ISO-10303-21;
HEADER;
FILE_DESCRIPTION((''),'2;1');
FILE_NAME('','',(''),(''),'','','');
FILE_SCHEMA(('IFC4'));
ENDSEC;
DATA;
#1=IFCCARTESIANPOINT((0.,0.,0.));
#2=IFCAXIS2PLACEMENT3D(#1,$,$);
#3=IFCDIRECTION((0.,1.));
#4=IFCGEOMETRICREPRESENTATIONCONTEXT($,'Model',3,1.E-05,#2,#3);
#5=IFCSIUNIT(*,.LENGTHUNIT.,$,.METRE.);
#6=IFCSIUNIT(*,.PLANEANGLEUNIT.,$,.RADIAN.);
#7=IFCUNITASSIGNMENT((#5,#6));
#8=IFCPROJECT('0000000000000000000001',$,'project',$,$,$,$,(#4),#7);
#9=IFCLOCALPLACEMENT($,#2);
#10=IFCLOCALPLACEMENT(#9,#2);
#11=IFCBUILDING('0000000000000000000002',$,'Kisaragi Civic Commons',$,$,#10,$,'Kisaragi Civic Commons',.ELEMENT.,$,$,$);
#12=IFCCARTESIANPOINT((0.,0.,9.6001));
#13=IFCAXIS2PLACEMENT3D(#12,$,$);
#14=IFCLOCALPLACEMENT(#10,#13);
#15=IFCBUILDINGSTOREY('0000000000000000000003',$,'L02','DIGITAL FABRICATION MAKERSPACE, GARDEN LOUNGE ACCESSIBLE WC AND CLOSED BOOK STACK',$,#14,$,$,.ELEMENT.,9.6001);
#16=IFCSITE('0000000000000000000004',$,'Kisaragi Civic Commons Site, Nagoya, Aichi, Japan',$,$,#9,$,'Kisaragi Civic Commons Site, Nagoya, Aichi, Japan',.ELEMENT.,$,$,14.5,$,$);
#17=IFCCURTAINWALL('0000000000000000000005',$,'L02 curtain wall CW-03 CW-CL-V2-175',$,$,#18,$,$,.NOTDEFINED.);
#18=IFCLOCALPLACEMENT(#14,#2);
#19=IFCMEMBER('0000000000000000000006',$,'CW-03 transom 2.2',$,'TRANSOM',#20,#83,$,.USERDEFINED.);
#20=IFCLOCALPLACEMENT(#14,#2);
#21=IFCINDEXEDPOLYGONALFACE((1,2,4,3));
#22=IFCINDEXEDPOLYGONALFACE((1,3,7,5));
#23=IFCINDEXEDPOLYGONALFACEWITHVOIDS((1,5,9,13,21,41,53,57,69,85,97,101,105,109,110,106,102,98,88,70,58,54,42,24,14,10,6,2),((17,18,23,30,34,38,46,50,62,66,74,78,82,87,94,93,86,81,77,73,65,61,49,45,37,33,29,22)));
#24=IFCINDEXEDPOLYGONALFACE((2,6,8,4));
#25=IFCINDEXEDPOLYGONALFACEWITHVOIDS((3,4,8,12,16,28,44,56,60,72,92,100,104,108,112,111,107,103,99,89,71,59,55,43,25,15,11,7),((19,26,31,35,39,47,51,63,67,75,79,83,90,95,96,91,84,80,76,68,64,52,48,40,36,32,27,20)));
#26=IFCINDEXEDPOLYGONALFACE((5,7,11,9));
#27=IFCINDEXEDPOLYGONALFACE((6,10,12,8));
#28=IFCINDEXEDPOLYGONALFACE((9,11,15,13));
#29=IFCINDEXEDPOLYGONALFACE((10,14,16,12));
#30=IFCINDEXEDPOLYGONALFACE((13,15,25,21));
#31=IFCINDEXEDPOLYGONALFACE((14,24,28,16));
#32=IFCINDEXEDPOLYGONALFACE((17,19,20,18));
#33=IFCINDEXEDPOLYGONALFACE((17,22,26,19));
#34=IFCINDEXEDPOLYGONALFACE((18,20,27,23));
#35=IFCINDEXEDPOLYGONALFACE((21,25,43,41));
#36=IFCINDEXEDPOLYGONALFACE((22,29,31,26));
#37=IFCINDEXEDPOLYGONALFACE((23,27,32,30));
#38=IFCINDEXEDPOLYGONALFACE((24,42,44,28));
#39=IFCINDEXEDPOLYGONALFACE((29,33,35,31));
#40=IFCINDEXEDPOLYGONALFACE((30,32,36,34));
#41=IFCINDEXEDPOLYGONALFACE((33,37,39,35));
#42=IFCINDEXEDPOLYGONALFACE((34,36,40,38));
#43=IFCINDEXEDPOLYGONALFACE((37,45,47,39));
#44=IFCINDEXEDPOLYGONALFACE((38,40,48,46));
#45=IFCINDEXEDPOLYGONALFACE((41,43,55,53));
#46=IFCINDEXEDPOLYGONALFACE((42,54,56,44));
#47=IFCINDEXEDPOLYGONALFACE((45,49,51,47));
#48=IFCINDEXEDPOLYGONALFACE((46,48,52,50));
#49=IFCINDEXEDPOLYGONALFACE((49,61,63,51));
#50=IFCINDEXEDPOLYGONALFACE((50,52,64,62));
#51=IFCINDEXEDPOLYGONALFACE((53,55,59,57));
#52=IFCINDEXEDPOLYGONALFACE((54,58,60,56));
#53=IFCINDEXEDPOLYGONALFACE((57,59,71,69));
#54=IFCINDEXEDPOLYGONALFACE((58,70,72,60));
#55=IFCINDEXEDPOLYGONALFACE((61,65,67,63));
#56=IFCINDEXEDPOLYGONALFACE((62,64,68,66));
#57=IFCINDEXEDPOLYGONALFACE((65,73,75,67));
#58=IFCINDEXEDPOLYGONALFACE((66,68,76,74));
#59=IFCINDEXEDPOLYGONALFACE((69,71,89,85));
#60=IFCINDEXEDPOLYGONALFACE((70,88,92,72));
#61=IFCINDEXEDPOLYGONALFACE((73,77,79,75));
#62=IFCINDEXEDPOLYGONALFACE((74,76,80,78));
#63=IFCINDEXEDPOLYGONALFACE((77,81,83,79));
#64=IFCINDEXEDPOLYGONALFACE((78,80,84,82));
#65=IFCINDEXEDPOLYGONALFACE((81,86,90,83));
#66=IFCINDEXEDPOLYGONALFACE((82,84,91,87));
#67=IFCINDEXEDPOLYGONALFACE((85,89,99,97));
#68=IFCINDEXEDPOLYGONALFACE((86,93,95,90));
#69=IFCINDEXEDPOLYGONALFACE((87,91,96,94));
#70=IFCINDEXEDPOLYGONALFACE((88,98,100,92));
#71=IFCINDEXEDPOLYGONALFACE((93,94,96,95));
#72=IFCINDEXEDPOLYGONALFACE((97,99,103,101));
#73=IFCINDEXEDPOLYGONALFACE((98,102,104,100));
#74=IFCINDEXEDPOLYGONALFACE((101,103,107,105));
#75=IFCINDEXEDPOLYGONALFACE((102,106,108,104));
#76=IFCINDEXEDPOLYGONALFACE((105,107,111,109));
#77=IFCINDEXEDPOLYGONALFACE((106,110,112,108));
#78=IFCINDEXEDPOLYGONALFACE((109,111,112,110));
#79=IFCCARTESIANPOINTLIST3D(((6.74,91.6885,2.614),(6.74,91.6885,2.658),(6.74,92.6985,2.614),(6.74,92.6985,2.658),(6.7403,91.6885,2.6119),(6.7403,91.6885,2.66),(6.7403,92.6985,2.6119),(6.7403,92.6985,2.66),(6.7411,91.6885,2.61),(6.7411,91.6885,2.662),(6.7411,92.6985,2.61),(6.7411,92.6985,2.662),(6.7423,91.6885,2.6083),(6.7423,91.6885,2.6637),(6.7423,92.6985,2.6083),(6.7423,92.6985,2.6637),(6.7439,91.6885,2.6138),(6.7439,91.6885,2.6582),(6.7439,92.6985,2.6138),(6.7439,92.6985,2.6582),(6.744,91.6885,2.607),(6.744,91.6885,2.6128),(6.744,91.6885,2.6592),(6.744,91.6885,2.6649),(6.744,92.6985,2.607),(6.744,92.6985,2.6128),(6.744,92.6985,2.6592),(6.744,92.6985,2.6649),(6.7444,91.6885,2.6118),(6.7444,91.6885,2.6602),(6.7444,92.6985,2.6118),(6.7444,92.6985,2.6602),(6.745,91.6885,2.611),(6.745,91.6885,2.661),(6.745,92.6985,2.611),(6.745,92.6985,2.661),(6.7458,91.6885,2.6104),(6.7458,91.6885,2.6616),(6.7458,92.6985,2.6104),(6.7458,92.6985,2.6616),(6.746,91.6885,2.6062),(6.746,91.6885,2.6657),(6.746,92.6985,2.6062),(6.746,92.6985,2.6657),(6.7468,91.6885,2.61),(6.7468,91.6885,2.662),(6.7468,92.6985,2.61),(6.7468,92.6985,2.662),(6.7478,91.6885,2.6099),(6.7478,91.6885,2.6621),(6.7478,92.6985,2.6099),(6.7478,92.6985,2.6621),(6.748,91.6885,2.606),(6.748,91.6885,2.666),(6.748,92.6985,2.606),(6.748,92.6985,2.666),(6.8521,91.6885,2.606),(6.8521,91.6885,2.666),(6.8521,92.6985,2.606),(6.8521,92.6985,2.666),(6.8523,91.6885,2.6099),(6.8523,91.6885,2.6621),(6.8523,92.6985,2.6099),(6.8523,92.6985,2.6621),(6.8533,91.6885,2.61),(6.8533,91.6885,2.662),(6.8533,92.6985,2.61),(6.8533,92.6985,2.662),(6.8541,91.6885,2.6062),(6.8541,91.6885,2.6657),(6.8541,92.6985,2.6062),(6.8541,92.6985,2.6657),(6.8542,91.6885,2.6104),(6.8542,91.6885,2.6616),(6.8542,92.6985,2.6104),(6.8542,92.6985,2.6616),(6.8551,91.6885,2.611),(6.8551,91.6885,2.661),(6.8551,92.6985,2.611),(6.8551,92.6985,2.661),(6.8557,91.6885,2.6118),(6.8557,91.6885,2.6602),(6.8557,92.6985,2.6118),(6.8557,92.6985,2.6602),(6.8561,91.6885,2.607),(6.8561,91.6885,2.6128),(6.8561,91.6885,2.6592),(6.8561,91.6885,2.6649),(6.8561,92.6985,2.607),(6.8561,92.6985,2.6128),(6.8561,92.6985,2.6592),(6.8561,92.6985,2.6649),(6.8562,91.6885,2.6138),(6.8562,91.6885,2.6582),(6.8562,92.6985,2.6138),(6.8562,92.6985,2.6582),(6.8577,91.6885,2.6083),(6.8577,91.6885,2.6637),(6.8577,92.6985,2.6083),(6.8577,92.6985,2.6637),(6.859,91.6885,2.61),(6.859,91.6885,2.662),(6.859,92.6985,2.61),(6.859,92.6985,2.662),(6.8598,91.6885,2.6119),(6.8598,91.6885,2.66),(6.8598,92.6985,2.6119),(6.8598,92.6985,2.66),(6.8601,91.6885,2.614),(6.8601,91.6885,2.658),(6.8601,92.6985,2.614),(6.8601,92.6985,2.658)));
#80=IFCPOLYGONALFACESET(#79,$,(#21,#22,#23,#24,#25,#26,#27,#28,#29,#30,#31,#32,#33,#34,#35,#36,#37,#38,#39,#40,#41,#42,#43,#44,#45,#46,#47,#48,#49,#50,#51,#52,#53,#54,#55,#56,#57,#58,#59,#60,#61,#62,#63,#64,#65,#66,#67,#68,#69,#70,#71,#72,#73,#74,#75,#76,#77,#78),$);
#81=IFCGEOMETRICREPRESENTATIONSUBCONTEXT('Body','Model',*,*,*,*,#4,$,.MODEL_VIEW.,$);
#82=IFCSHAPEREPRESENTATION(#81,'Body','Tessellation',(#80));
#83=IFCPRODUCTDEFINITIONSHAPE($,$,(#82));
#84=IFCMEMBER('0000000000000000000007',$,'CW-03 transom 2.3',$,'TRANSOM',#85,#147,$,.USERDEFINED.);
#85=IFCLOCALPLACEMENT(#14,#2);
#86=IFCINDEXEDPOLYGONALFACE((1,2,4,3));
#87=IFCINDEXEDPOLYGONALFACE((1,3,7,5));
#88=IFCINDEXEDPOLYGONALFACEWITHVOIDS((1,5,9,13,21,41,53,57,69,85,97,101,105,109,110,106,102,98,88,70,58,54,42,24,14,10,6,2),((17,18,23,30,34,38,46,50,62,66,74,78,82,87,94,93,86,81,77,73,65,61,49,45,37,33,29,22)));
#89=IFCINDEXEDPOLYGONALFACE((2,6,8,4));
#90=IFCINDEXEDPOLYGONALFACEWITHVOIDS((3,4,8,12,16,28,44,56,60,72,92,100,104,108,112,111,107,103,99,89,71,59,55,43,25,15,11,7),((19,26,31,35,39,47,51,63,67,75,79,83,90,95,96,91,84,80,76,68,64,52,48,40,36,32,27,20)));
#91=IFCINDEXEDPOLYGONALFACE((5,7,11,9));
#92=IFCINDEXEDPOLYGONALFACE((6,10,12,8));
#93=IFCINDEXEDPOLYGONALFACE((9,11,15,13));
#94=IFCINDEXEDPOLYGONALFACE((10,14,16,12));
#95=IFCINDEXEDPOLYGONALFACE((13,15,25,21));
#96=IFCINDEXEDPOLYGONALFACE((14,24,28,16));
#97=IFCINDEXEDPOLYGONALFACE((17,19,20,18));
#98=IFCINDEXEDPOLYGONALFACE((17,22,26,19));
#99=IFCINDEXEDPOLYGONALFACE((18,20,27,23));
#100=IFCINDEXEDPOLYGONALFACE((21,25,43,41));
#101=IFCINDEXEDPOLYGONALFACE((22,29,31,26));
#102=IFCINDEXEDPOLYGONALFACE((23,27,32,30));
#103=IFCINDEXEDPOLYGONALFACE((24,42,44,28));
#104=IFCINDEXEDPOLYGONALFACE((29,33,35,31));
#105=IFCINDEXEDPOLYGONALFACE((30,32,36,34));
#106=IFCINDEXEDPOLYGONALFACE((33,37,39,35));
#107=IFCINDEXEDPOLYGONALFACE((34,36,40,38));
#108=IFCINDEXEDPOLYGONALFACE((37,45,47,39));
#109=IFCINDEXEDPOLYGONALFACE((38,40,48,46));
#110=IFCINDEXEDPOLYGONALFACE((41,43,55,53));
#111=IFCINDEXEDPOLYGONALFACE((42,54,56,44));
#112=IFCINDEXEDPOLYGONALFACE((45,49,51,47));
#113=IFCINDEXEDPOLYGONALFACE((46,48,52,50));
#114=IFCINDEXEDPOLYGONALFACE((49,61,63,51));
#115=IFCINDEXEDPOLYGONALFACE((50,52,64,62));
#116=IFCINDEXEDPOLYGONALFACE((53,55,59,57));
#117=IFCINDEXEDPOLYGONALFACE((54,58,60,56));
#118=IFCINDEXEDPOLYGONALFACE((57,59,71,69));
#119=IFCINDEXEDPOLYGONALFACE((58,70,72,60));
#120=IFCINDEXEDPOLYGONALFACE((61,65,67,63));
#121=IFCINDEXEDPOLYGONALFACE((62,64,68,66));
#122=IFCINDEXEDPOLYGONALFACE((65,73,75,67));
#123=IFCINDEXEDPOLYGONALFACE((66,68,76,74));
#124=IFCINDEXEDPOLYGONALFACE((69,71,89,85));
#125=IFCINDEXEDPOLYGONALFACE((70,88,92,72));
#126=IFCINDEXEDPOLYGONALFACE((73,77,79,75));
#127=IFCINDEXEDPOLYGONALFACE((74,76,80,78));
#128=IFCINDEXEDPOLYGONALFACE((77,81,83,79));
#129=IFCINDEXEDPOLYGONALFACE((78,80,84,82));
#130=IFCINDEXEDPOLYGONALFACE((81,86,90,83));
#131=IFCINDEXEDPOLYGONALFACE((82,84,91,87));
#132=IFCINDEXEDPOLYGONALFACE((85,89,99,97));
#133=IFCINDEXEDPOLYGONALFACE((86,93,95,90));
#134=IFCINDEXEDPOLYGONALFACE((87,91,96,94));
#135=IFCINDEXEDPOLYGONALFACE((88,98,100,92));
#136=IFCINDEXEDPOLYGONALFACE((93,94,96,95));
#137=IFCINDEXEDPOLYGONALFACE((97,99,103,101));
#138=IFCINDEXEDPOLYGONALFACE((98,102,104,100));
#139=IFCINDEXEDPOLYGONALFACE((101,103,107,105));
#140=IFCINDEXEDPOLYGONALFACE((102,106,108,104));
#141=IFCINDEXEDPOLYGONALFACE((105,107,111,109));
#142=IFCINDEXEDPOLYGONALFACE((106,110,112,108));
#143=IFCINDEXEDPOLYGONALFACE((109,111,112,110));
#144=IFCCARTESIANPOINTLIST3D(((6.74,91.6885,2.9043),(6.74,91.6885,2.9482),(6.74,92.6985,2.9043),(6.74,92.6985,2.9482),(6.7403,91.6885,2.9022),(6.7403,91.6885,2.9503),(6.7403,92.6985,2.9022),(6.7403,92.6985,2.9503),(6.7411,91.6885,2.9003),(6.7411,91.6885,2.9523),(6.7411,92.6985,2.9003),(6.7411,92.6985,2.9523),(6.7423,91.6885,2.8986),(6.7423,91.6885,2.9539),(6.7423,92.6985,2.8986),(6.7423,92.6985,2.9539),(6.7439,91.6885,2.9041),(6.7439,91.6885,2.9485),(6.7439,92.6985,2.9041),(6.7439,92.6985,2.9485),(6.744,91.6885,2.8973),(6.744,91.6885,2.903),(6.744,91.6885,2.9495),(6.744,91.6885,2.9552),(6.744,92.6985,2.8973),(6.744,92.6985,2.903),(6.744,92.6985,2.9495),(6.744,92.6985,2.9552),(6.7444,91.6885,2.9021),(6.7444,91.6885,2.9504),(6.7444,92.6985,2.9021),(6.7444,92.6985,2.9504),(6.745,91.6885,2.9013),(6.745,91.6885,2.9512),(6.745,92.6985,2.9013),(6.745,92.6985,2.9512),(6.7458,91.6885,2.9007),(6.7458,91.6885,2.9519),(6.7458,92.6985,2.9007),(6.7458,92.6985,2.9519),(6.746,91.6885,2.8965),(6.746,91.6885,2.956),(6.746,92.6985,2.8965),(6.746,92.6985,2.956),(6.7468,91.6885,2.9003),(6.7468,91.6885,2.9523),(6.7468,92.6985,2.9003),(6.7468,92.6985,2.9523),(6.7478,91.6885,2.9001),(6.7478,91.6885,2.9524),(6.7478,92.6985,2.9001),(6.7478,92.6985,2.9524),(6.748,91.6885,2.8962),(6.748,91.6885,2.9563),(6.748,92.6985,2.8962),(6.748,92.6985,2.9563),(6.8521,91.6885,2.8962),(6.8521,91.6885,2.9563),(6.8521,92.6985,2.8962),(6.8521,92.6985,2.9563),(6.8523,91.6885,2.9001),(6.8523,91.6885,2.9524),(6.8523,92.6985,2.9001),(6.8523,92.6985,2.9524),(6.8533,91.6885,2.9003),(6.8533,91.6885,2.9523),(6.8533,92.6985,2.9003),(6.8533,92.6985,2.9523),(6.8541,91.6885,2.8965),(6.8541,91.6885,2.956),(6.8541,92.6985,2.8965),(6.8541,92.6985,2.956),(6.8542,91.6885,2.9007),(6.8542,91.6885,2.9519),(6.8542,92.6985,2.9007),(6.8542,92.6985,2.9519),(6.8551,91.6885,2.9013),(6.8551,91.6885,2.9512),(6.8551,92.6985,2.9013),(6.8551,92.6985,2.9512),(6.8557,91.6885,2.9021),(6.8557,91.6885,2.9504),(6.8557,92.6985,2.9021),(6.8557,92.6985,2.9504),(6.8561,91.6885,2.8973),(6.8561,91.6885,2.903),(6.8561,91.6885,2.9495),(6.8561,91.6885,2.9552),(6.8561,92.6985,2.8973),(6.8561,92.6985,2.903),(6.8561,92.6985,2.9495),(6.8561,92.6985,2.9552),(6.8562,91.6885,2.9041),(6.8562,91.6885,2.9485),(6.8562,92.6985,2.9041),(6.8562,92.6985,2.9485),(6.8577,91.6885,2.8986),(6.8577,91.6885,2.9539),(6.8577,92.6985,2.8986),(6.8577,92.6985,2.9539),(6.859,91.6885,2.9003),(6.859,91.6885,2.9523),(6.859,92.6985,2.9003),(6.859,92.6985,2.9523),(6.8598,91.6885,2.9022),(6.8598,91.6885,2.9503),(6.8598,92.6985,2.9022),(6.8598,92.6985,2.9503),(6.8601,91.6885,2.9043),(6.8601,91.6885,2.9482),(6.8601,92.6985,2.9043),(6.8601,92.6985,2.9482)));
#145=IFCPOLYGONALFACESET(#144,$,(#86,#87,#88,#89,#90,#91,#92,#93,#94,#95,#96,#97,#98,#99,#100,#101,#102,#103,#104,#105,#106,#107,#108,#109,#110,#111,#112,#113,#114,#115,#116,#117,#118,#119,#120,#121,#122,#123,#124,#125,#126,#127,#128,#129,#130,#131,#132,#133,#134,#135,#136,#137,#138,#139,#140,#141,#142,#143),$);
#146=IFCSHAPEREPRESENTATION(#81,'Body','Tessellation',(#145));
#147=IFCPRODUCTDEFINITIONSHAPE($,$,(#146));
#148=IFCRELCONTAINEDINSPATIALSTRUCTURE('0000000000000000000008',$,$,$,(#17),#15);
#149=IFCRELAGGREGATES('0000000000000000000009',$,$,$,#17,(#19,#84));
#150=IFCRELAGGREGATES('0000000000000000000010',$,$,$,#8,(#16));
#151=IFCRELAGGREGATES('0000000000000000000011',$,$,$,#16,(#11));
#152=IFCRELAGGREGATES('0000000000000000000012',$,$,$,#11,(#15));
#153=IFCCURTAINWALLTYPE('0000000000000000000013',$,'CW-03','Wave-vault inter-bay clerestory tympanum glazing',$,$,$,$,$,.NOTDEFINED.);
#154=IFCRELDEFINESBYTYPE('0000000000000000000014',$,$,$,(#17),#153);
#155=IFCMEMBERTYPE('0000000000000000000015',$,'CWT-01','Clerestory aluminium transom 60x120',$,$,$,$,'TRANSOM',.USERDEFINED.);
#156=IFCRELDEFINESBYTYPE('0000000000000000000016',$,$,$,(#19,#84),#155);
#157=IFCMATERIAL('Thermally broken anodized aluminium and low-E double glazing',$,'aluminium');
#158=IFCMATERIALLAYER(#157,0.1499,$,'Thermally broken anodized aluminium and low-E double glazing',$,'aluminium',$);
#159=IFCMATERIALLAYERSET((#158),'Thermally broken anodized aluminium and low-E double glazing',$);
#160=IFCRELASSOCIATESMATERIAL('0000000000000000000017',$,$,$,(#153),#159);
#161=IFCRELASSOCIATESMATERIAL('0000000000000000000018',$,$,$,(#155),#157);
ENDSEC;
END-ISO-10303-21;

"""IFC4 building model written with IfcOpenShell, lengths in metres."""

from ifc_helpers import new_model, si_unit, direction, frame, origin, origin_2d, place, context, subcontext, project, spatial, hollow_rectangle, extrude, material, layer, layer_set, material_profile, profile_set, type_object, element, aggregate, save


model = new_model("IFC4")

# Units and contexts
model_context = context("Model", 3, precision=1e-05, world=origin(), true_north=direction((0.0, 1.0)))
body_context = subcontext(model_context, "Body", "Model", "MODEL_VIEW")
ifc_project = project(units=[si_unit("LENGTHUNIT", "METRE"), si_unit("PLANEANGLEUNIT", "RADIAN")], contexts=[model_context])

# Site, building, storey
site_placement = place(None, origin())
site = spatial("IfcSite", under=ifc_project, at=site_placement, Name="Kisaragi Civic Commons Site, Nagoya, Aichi, Japan", LongName="Kisaragi Civic Commons Site, Nagoya, Aichi, Japan", CompositionType="ELEMENT", RefElevation=14.5)
building_placement = place(site_placement, origin())
building = spatial("IfcBuilding", under=site, at=building_placement, Name="Kisaragi Civic Commons", LongName="Kisaragi Civic Commons", CompositionType="ELEMENT")
storey_placement = place(building_placement, frame((0.0, 0.0, 9.6001)))
storey = spatial("IfcBuildingStorey", under=building, at=storey_placement, Name="L02", Description="DIGITAL FABRICATION MAKERSPACE, GARDEN LOUNGE ACCESSIBLE WC AND CLOSED BOOK STACK", CompositionType="ELEMENT", Elevation=9.6001)

# Curtain wall
ifc_material_1 = material(Name="Thermally broken anodized aluminium and low-E double glazing", Category="aluminium")
ifc_layer_1 = layer(ifc_material_1, 0.1499, Name="Thermally broken anodized aluminium and low-E double glazing", Category="aluminium")
ifc_layer_set_1 = layer_set([ifc_layer_1], Name="Thermally broken anodized aluminium and low-E double glazing")
curtain_wall_type = type_object("IfcCurtainWallType", Name="CW-03", Description="Wave-vault inter-bay clerestory tympanum glazing", PredefinedType="NOTDEFINED", material=ifc_layer_set_1)
curtain_wall_1_placement = place(storey_placement, origin())
curtain_wall_1 = element("IfcCurtainWall", 1, at=curtain_wall_1_placement, inside=storey, type_object=curtain_wall_type, Name="L02 curtain wall CW-03 CW-CL-V2-175", PredefinedType="NOTDEFINED")

# Members
ifc_material_profile_1 = material_profile(ifc_material_1, hollow_rectangle(XDim=0.1201, YDim=0.0601, WallThickness=0.0039, InnerFilletRadius=0.0039, OuterFilletRadius=0.0081, at=origin_2d()), Name="CWT-60x120x4", Category="aluminium")
ifc_profile_set_1 = profile_set([ifc_material_profile_1], Name="Thermally broken anodized aluminium and low-E double glazing")
member_type_1 = type_object("IfcMemberType", Name="CWT-01", Description="Clerestory aluminium transom 60x120", ElementType="TRANSOM", PredefinedType="USERDEFINED", material=ifc_profile_set_1)
member_1_placement = place(storey_placement, frame((6.8, 91.6885, 2.636), z_axis=(0.0, 1.0, 0.0), x_axis=(-1.0, 0.0, 0.0)))
member_1 = element("IfcMember", 2, at=member_1_placement, type_object=member_type_1, Name="CW-03 transom 2.2", ObjectType="TRANSOM", PredefinedType="USERDEFINED", context=body_context, shape_type="SweptSolid", body=[
    extrude(hollow_rectangle(XDim=0.1201, YDim=0.0601, WallThickness=0.0039, InnerFilletRadius=0.0039, OuterFilletRadius=0.0081, at=origin_2d()), origin(), (0.0, 0.0, 1.0), 1.01),
])
member_2_placement = place(storey_placement, frame((6.8, 91.6885, 2.9263), z_axis=(0.0, 1.0, 0.0), x_axis=(-1.0, 0.0, 0.0)))
member_2 = element("IfcMember", 3, at=member_2_placement, type_object=member_type_1, Name="CW-03 transom 2.3", ObjectType="TRANSOM", PredefinedType="USERDEFINED", context=body_context, shape_type="SweptSolid", body=[
    extrude(hollow_rectangle(XDim=0.1201, YDim=0.0601, WallThickness=0.0039, InnerFilletRadius=0.0039, OuterFilletRadius=0.0081, at=origin_2d()), origin(), (0.0, 0.0, 1.0), 1.01),
])

aggregate(curtain_wall_1, [member_1, member_2])

save(model, "model.ifc")
